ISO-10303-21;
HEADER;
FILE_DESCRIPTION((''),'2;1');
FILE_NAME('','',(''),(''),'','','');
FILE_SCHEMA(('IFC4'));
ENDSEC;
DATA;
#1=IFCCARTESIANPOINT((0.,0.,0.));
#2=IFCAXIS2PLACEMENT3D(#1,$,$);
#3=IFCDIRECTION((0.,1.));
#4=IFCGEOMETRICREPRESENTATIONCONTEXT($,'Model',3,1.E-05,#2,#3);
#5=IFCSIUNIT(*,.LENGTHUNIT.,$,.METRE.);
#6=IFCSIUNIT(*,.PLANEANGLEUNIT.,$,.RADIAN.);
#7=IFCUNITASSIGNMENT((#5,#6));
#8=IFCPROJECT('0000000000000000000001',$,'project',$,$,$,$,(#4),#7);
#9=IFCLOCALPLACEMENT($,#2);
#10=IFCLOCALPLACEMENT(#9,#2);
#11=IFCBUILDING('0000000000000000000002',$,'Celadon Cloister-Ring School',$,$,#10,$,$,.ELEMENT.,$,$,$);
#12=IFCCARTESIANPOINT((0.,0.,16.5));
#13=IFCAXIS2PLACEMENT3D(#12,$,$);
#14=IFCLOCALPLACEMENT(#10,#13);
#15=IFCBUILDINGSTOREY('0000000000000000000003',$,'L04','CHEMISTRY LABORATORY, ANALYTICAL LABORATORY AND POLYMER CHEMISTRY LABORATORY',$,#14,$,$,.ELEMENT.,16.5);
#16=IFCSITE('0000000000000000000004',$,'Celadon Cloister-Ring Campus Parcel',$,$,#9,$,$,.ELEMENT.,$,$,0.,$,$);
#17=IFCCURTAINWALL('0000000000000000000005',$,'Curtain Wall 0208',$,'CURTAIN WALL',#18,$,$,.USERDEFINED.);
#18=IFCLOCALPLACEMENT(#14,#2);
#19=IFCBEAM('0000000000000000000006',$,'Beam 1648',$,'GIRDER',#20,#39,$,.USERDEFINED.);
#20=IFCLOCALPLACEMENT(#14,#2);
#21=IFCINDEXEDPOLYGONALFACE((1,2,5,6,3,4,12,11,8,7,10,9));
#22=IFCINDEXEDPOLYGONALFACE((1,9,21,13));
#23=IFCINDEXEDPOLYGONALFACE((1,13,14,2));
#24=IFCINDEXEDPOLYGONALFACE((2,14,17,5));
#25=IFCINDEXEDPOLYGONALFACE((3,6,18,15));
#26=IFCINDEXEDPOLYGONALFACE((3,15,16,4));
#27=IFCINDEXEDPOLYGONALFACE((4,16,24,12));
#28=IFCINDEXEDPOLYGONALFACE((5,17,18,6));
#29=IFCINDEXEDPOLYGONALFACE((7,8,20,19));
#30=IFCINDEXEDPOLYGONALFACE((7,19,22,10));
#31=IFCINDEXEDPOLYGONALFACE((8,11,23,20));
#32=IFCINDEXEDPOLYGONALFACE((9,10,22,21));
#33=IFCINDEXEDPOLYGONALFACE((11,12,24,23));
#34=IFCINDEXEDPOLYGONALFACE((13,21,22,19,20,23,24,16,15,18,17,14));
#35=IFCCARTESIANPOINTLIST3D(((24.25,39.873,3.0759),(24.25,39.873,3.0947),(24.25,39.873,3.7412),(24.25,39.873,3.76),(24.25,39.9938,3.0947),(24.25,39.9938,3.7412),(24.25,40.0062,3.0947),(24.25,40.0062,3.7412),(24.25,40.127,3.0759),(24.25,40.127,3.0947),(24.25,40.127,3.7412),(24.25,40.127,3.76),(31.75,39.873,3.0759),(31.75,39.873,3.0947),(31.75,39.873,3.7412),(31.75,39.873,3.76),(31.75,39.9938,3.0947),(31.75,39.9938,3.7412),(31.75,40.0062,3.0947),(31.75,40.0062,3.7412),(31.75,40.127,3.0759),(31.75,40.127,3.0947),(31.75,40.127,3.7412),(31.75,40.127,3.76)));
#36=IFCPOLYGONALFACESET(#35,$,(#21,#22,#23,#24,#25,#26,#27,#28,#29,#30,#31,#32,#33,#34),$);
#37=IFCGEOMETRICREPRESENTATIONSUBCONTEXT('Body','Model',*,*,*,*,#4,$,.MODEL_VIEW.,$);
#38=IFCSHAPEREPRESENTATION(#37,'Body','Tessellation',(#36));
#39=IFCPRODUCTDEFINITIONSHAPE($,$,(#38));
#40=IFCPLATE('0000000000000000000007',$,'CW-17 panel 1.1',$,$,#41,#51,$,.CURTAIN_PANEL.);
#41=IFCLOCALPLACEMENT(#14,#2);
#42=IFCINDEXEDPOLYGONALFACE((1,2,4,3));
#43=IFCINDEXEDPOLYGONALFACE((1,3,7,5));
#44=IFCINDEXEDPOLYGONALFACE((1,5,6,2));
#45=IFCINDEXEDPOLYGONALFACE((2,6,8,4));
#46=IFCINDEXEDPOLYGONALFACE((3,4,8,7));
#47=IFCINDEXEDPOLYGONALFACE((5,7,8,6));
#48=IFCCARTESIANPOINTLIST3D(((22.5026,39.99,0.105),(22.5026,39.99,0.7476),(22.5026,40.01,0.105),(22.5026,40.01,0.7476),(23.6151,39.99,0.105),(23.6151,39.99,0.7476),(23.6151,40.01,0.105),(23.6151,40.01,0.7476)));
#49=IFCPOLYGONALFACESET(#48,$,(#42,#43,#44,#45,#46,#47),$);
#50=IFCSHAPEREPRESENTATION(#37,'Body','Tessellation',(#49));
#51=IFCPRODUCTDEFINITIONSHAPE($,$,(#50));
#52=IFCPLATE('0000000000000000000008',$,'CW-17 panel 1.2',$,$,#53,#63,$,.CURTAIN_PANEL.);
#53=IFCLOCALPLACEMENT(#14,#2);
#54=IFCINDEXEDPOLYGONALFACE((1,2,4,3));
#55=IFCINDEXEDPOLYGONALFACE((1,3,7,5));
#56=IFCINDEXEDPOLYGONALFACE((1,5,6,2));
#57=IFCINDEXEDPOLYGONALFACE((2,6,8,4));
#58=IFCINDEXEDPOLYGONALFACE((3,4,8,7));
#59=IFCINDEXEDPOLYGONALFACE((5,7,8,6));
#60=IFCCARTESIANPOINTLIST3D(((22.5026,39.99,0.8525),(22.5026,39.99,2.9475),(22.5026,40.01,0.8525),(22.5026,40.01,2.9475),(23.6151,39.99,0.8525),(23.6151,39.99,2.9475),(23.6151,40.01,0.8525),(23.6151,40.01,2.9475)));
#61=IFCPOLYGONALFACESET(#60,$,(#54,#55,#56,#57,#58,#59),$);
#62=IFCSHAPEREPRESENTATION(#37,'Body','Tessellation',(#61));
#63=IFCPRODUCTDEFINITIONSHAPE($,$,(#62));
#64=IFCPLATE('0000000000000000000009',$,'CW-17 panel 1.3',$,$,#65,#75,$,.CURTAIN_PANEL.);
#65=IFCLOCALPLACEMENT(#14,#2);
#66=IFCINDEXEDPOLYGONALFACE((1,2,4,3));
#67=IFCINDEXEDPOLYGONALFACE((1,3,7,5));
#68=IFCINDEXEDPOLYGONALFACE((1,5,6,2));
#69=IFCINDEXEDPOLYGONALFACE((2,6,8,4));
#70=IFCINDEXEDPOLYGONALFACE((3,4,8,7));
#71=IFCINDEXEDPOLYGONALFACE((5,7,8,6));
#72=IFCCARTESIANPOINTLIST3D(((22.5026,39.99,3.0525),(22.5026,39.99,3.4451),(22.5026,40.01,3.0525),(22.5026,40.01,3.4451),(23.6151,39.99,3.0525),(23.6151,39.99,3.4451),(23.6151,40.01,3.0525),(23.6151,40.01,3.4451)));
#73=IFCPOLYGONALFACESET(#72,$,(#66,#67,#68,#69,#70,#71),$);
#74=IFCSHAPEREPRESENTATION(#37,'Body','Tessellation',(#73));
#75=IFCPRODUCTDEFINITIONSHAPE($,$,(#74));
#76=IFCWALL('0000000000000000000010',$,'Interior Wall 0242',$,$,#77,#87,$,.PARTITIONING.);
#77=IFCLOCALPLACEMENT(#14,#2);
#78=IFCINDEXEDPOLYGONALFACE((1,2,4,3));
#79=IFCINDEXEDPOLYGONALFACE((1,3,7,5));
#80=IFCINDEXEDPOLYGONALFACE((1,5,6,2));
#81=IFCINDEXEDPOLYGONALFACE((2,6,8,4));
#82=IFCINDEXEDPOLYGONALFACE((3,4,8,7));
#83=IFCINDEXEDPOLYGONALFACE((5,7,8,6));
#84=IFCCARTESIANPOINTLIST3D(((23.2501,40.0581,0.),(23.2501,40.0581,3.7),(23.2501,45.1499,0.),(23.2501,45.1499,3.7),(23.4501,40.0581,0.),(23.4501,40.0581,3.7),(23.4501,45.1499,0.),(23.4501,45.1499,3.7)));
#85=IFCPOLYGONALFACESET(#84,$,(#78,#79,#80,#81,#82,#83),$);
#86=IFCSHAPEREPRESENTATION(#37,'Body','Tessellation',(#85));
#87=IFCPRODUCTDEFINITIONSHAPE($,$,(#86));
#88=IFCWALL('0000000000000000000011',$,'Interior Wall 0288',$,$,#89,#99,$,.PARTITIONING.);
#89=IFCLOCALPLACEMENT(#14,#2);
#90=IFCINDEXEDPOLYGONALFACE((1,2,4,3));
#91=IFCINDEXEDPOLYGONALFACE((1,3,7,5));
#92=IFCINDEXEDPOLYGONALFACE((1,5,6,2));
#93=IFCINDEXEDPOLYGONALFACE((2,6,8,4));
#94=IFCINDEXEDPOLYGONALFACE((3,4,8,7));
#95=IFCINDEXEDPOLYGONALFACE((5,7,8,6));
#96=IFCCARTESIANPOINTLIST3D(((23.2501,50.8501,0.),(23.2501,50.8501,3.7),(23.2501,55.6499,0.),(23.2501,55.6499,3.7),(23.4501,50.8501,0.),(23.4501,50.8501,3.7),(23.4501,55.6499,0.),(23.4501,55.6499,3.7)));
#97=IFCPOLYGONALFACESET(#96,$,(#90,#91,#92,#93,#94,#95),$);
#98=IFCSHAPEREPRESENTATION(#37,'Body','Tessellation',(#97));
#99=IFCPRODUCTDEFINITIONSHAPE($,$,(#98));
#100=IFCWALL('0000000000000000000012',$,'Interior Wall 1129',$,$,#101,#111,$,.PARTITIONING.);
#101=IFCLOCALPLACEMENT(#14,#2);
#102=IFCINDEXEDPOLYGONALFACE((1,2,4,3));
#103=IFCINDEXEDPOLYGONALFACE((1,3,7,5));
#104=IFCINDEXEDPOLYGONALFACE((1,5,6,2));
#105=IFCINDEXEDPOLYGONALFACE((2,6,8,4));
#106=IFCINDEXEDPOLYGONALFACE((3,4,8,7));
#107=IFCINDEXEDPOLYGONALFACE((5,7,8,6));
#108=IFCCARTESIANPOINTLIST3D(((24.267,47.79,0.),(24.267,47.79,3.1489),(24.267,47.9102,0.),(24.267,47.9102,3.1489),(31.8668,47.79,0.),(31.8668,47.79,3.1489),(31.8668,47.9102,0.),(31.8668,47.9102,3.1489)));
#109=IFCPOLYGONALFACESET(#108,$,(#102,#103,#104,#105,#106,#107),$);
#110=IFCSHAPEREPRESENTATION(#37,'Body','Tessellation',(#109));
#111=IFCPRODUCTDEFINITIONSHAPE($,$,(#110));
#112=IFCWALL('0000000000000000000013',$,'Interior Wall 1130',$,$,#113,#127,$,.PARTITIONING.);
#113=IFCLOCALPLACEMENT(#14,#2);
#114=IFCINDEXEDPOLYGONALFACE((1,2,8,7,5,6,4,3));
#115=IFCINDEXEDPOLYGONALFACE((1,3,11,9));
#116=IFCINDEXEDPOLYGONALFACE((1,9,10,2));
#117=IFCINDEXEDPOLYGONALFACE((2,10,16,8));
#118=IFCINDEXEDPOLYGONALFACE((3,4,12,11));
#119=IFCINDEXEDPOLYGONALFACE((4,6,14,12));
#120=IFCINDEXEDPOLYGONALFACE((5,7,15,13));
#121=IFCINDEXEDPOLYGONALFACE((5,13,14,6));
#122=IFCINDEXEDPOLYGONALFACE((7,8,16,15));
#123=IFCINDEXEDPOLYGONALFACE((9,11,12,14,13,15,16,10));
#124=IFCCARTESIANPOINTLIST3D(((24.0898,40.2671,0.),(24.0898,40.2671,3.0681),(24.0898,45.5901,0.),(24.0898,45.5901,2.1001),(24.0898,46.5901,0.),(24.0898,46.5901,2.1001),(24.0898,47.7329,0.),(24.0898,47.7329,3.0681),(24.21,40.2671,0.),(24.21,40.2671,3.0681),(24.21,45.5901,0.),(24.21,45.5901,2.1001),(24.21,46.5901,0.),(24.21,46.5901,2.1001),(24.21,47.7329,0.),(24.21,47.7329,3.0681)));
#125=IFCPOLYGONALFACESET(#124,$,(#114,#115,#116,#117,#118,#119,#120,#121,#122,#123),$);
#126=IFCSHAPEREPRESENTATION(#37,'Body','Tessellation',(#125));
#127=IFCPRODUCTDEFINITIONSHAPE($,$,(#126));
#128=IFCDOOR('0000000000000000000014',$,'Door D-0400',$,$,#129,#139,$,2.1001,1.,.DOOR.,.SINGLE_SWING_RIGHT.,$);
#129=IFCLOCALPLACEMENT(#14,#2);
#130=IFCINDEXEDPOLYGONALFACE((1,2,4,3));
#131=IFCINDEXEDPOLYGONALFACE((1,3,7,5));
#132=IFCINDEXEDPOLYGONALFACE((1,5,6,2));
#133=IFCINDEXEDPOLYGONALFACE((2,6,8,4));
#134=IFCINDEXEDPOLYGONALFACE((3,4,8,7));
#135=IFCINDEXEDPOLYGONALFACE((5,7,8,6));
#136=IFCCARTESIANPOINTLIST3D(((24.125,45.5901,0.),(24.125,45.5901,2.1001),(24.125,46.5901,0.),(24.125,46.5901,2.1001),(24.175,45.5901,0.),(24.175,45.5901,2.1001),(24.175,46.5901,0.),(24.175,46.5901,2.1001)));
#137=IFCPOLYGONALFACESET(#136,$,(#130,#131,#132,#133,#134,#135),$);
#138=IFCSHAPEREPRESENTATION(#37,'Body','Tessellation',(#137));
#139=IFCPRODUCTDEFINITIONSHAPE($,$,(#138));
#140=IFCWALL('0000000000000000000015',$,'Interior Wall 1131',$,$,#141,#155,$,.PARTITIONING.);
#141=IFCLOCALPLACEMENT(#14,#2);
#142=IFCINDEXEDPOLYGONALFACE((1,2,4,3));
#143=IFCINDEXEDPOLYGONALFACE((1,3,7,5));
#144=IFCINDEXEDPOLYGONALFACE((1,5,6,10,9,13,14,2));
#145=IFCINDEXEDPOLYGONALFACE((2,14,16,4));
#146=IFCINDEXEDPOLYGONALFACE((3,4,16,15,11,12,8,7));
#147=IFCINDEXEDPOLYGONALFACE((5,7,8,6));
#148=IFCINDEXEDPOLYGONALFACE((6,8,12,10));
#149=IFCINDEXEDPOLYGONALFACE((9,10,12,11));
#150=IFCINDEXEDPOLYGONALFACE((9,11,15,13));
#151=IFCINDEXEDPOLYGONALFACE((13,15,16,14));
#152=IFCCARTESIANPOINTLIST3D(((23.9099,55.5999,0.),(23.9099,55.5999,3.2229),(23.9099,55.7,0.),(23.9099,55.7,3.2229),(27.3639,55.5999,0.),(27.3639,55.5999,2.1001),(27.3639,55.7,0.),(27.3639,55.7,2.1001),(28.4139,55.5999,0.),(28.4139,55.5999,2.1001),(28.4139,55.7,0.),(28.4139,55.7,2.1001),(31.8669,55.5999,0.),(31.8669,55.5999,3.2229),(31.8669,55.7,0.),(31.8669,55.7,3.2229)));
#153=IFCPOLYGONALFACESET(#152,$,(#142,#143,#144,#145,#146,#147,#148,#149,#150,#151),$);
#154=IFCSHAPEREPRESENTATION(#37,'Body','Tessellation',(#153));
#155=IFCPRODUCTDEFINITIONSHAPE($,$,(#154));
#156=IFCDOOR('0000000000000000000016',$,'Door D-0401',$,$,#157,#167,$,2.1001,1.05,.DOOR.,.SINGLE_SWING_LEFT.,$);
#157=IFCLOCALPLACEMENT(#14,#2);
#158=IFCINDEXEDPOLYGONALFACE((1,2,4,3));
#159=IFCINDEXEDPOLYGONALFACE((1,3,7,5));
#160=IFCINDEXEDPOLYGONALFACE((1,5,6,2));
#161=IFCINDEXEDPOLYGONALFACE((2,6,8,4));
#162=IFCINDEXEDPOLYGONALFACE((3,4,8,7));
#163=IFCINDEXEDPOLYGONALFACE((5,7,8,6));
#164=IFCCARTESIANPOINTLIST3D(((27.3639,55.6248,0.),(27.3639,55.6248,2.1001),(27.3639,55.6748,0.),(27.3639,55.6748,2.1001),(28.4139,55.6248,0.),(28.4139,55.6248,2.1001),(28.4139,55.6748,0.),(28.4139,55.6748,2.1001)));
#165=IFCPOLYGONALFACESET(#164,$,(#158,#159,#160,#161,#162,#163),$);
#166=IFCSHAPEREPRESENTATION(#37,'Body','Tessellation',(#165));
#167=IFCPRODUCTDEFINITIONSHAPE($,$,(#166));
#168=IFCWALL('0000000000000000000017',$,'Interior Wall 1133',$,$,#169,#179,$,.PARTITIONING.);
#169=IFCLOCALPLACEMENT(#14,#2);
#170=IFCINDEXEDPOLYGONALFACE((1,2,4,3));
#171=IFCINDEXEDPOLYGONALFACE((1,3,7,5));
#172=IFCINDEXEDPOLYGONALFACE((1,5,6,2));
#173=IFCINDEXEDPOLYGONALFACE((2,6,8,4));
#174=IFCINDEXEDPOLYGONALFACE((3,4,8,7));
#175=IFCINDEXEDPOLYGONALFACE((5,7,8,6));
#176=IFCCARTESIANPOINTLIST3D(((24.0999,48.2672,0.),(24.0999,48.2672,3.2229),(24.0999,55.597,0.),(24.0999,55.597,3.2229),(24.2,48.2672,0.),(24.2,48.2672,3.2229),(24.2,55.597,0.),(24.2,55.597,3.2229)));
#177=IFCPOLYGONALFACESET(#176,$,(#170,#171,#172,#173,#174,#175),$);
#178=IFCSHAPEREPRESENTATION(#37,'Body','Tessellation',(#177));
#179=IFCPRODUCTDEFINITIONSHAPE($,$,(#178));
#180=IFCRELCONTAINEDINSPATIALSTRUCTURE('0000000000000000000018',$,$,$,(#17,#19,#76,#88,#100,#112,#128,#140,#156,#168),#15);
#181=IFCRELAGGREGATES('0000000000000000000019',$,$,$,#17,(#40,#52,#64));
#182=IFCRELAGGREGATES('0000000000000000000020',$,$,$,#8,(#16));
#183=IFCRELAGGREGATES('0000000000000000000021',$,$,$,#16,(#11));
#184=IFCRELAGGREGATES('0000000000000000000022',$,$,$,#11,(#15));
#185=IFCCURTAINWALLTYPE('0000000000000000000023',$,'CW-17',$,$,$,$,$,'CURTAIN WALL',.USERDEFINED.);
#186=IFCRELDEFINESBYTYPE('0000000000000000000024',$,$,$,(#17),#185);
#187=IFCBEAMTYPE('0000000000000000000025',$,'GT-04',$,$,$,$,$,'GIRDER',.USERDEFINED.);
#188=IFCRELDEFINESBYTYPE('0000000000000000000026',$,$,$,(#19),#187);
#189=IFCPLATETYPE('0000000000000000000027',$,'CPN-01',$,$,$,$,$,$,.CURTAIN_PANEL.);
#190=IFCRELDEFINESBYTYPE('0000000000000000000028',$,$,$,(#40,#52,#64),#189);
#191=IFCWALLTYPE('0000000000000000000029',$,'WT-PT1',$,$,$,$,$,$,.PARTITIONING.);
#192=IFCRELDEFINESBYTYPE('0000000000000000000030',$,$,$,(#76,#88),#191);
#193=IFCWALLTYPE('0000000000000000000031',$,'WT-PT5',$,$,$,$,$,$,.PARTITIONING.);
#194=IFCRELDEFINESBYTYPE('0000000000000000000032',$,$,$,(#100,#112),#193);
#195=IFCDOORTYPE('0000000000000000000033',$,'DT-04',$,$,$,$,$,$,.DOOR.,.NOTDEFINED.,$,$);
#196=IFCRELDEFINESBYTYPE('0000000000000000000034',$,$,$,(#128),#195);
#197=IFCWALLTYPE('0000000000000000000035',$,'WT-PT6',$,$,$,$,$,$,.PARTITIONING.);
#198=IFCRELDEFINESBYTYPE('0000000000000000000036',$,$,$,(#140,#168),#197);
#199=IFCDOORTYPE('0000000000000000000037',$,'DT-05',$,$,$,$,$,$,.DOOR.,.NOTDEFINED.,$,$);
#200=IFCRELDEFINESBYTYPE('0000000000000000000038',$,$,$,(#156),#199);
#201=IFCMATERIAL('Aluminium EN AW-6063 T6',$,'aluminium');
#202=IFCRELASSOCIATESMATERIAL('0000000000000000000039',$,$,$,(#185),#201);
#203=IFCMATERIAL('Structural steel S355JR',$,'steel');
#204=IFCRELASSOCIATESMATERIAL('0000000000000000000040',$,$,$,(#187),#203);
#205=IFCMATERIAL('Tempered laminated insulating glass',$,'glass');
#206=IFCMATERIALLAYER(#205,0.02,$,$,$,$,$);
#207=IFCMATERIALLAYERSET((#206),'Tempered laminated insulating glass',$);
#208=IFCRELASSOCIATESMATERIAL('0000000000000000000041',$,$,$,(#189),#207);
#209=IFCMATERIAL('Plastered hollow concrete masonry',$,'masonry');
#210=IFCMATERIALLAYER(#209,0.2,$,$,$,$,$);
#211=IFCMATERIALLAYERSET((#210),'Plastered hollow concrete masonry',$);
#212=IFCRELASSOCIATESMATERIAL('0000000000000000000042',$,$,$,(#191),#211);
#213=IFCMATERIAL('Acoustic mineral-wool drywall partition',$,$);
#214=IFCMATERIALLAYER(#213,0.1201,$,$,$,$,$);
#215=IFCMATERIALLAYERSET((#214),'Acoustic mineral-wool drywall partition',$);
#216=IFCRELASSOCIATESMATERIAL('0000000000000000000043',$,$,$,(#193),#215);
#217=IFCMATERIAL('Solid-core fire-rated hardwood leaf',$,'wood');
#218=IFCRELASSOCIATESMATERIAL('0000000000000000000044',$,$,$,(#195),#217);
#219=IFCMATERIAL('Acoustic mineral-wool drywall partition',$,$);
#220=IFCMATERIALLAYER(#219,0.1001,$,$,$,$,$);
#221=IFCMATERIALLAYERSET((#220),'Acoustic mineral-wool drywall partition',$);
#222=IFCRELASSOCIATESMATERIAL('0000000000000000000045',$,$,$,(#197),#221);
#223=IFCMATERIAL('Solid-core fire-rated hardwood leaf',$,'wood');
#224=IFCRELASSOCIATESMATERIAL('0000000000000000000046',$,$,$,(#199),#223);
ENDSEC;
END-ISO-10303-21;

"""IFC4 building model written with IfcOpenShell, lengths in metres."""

from ifc_helpers import new_model, si_unit, direction, frame, frame_2d, origin, origin_2d, place, context, subcontext, project, spatial, rectangle, i_section, extrude, material, layer, layer_set, material_profile, profile_set, type_object, element, fill, aggregate, save


model = new_model("IFC4")

# Units and contexts
model_context = context("Model", 3, precision=1e-05, world=origin(), true_north=direction((0.0, 1.0)))
body_context = subcontext(model_context, "Body", "Model", "MODEL_VIEW")
ifc_project = project(units=[si_unit("LENGTHUNIT", "METRE"), si_unit("PLANEANGLEUNIT", "RADIAN")], contexts=[model_context])

# Site, building, storey
site_placement = place(None, origin())
site = spatial("IfcSite", under=ifc_project, at=site_placement, Name="Celadon Cloister-Ring Campus Parcel", CompositionType="ELEMENT", RefElevation=0.0)
building_placement = place(site_placement, origin())
building = spatial("IfcBuilding", under=site, at=building_placement, Name="Celadon Cloister-Ring School", CompositionType="ELEMENT")
storey_placement = place(building_placement, frame((0.0, 0.0, 16.5)))
storey = spatial("IfcBuildingStorey", under=building, at=storey_placement, Name="L04", Description="CHEMISTRY LABORATORY, ANALYTICAL LABORATORY AND POLYMER CHEMISTRY LABORATORY", CompositionType="ELEMENT", Elevation=16.5)

# Curtain wall
ifc_material_1 = material(Name="Aluminium EN AW-6063 T6", Category="aluminium")
curtain_wall_type = type_object("IfcCurtainWallType", Name="CW-17", ElementType="CURTAIN WALL", PredefinedType="USERDEFINED", material=ifc_material_1)
curtain_wall_placement = place(storey_placement, origin())
curtain_wall = element("IfcCurtainWall", 1, at=curtain_wall_placement, inside=storey, type_object=curtain_wall_type, Name="Curtain Wall 0208", ObjectType="CURTAIN WALL", PredefinedType="USERDEFINED")

# Beam
ifc_material_2 = material(Name="Structural steel S355JR", Category="steel")
ifc_material_profile_1 = material_profile(ifc_material_2, i_section(OverallWidth=0.2539, OverallDepth=0.6841, WebThickness=0.0125, FlangeThickness=0.0188, at=origin_2d()), Name="W690X140")
ifc_profile_set_1 = profile_set([ifc_material_profile_1], Name="Structural steel S355JR")
beam_type_1 = type_object("IfcBeamType", Name="GT-04", ElementType="GIRDER", PredefinedType="USERDEFINED", material=ifc_profile_set_1)
beam_1_placement = place(storey_placement, frame((24.25, 40.0, 3.418), z_axis=(1.0, 0.0, 0.0), x_axis=(0.0, 1.0, 0.0)))
element("IfcBeam", 2, at=beam_1_placement, inside=storey, type_object=beam_type_1, Name="Beam 1648", ObjectType="GIRDER", PredefinedType="USERDEFINED", context=body_context, shape_type="SweptSolid", body=[
    extrude(i_section(OverallWidth=0.2539, OverallDepth=0.6841, WebThickness=0.0125, FlangeThickness=0.0188, at=origin_2d()), origin(), (0.0, 0.0, 1.0), 7.5),
])

# Plates
ifc_material_3 = material(Name="Tempered laminated insulating glass", Category="glass")
ifc_layer_1 = layer(ifc_material_3, 0.02)
ifc_layer_set_1 = layer_set([ifc_layer_1], Name="Tempered laminated insulating glass")
plate_type = type_object("IfcPlateType", Name="CPN-01", PredefinedType="CURTAIN_PANEL", material=ifc_layer_set_1)
plate_1_placement = place(storey_placement, frame((23.0588, 40.0, 0.105), z_axis=(0.0, 0.0, 1.0), x_axis=(-1.0, 0.0, 0.0)))
plate_1 = element("IfcPlate", 3, at=plate_1_placement, type_object=plate_type, Name="CW-17 panel 1.1", PredefinedType="CURTAIN_PANEL", context=body_context, shape_type="SweptSolid", body=[
    extrude(rectangle(XDim=1.1125, YDim=0.02, at=origin_2d()), origin(), (0.0, 0.0, 1.0), 0.6426),
])
plate_2_placement = place(storey_placement, frame((23.0588, 40.0, 0.8525), z_axis=(0.0, 0.0, 1.0), x_axis=(-1.0, 0.0, 0.0)))
plate_2 = element("IfcPlate", 4, at=plate_2_placement, type_object=plate_type, Name="CW-17 panel 1.2", PredefinedType="CURTAIN_PANEL", context=body_context, shape_type="SweptSolid", body=[
    extrude(rectangle(XDim=1.1125, YDim=0.02, at=origin_2d()), origin(), (0.0, 0.0, 1.0), 2.095),
])
plate_3_placement = place(storey_placement, frame((23.0588, 40.0, 3.0525), z_axis=(0.0, 0.0, 1.0), x_axis=(-1.0, 0.0, 0.0)))
plate_3 = element("IfcPlate", 5, at=plate_3_placement, type_object=plate_type, Name="CW-17 panel 1.3", PredefinedType="CURTAIN_PANEL", context=body_context, shape_type="SweptSolid", body=[
    extrude(rectangle(XDim=1.1125, YDim=0.02, at=origin_2d()), origin(), (0.0, 0.0, 1.0), 0.3926),
])
aggregate(curtain_wall, [plate_1, plate_2, plate_3])

# Walls
ifc_material_4 = material(Name="Plastered hollow concrete masonry", Category="masonry")
ifc_layer_2 = layer(ifc_material_4, 0.2)
ifc_layer_set_2 = layer_set([ifc_layer_2], Name="Plastered hollow concrete masonry")
wall_type_1 = type_object("IfcWallType", Name="WT-PT1", PredefinedType="PARTITIONING", material=ifc_layer_set_2)
wall_1_placement = place(storey_placement, frame((23.3501, 40.0581, 0.0), z_axis=(0.0, 0.0, 1.0), x_axis=(0.0, 1.0, 0.0)))
element("IfcWall", 6, at=wall_1_placement, inside=storey, type_object=wall_type_1, Name="Interior Wall 0242", PredefinedType="PARTITIONING", context=body_context, shape_type="SweptSolid", body=[
    extrude(rectangle(XDim=5.0918, YDim=0.2, at=frame_2d((2.5459, 0.0))), origin(), (0.0, 0.0, 1.0), 3.7),
])
wall_2_placement = place(storey_placement, frame((23.3501, 50.8501, 0.0), z_axis=(0.0, 0.0, 1.0), x_axis=(0.0, 1.0, 0.0)))
element("IfcWall", 7, at=wall_2_placement, inside=storey, type_object=wall_type_1, Name="Interior Wall 0288", PredefinedType="PARTITIONING", context=body_context, shape_type="SweptSolid", body=[
    extrude(rectangle(XDim=4.7998, YDim=0.2, at=frame_2d((2.3999, 0.0))), origin(), (0.0, 0.0, 1.0), 3.7),
])
ifc_material_5 = material(Name="Acoustic mineral-wool drywall partition")
ifc_layer_3 = layer(ifc_material_5, 0.1201)
ifc_layer_set_3 = layer_set([ifc_layer_3], Name="Acoustic mineral-wool drywall partition")
wall_type_2 = type_object("IfcWallType", Name="WT-PT5", PredefinedType="PARTITIONING", material=ifc_layer_set_3)
wall_3_placement = place(storey_placement, frame((24.2671, 47.8501, 0.0), z_axis=(0.0, 0.0, 1.0), x_axis=(1.0, 0.0, 0.0)))
element("IfcWall", 8, at=wall_3_placement, inside=storey, type_object=wall_type_2, Name="Interior Wall 1129", PredefinedType="PARTITIONING", context=body_context, shape_type="SweptSolid", body=[
    extrude(rectangle(XDim=7.5999, YDim=0.1201, at=frame_2d((3.7998, 0.0))), origin(), (0.0, 0.0, 1.0), 3.1489),
])

# Walls, openings, doors
wall_4_placement = place(storey_placement, frame((24.1499, 40.2671, 0.0), z_axis=(0.0, 0.0, 1.0), x_axis=(0.0, 1.0, 0.0)))
wall_4 = element("IfcWall", 9, at=wall_4_placement, inside=storey, type_object=wall_type_2, Name="Interior Wall 1130", PredefinedType="PARTITIONING", context=body_context, shape_type="SweptSolid", body=[
    extrude(rectangle(XDim=7.4658, YDim=0.1201, at=frame_2d((3.7329, 0.0))), origin(), (0.0, 0.0, 1.0), 3.0681),
])
opening_1_placement = place(wall_4_placement, frame((5.323, 0.0, 0.0)))
opening_1 = element("IfcOpeningElement", 10, at=opening_1_placement, cuts=wall_4, PredefinedType="OPENING", context=body_context, shape_type="SweptSolid", body=[
    extrude(rectangle(XDim=1.0, YDim=2.1001, at=frame_2d((0.5, 1.05))), frame((0.0, 0.0701, 0.0), z_axis=(0.0, -1.0, 0.0), x_axis=(1.0, 0.0, 0.0)), (0.0, 0.0, 1.0), 0.1401),
])
ifc_material_6 = material(Name="Solid-core fire-rated hardwood leaf", Category="wood")
door_type_1 = type_object("IfcDoorType", Name="DT-04", OperationType="NOTDEFINED", PredefinedType="DOOR", material=ifc_material_6)
door_1_placement = place(opening_1_placement, origin())
door_1 = element("IfcDoor", 11, at=door_1_placement, inside=storey, type_object=door_type_1, Name="Door D-0400", OperationType="SINGLE_SWING_RIGHT", OverallHeight=2.1001, OverallWidth=1.0, PredefinedType="DOOR", context=body_context, shape_type="SweptSolid", body=[
    extrude(rectangle(XDim=1.0, YDim=2.1001, at=frame_2d((0.5, 1.05))), frame((0.0, 0.0249, 0.0), z_axis=(0.0, -1.0, 0.0), x_axis=(1.0, 0.0, 0.0)), (0.0, 0.0, 1.0), 0.05),
])
fill(opening_1, door_1)
ifc_material_7 = material(Name="Acoustic mineral-wool drywall partition")
ifc_layer_4 = layer(ifc_material_7, 0.1001)
ifc_layer_set_4 = layer_set([ifc_layer_4], Name="Acoustic mineral-wool drywall partition")
wall_type_3 = type_object("IfcWallType", Name="WT-PT6", PredefinedType="PARTITIONING", material=ifc_layer_set_4)
wall_5_placement = place(storey_placement, frame((23.9099, 55.6499, 0.0), z_axis=(0.0, 0.0, 1.0), x_axis=(1.0, 0.0, 0.0)))
wall_5 = element("IfcWall", 12, at=wall_5_placement, inside=storey, type_object=wall_type_3, Name="Interior Wall 1131", PredefinedType="PARTITIONING", context=body_context, shape_type="SweptSolid", body=[
    extrude(rectangle(XDim=7.957, YDim=0.1001, at=frame_2d((3.9785, 0.0))), origin(), (0.0, 0.0, 1.0), 3.2229),
])
opening_2_placement = place(wall_5_placement, frame((3.4541, 0.0, 0.0)))
opening_2 = element("IfcOpeningElement", 13, at=opening_2_placement, cuts=wall_5, PredefinedType="OPENING", context=body_context, shape_type="SweptSolid", body=[
    extrude(rectangle(XDim=1.05, YDim=2.1001, at=frame_2d((0.5249, 1.05))), frame((0.0, 0.0601, 0.0), z_axis=(0.0, -1.0, 0.0), x_axis=(1.0, 0.0, 0.0)), (0.0, 0.0, 1.0), 0.1201),
])
ifc_material_8 = material(Name="Solid-core fire-rated hardwood leaf", Category="wood")
door_type_2 = type_object("IfcDoorType", Name="DT-05", OperationType="NOTDEFINED", PredefinedType="DOOR", material=ifc_material_8)
door_2_placement = place(opening_2_placement, origin())
door_2 = element("IfcDoor", 14, at=door_2_placement, inside=storey, type_object=door_type_2, Name="Door D-0401", OperationType="SINGLE_SWING_LEFT", OverallHeight=2.1001, OverallWidth=1.05, PredefinedType="DOOR", context=body_context, shape_type="SweptSolid", body=[
    extrude(rectangle(XDim=1.05, YDim=2.1001, at=frame_2d((0.5249, 1.05))), frame((0.0, 0.0249, 0.0), z_axis=(0.0, -1.0, 0.0), x_axis=(1.0, 0.0, 0.0)), (0.0, 0.0, 1.0), 0.05),
])
fill(opening_2, door_2)

# Wall
wall_6_placement = place(storey_placement, frame((24.1499, 48.2671, 0.0), z_axis=(0.0, 0.0, 1.0), x_axis=(0.0, 1.0, 0.0)))
element("IfcWall", 15, at=wall_6_placement, inside=storey, type_object=wall_type_3, Name="Interior Wall 1133", PredefinedType="PARTITIONING", context=body_context, shape_type="SweptSolid", body=[
    extrude(rectangle(XDim=7.3298, YDim=0.1001, at=frame_2d((3.665, 0.0))), origin(), (0.0, 0.0, 1.0), 3.2229),
])

save(model, "model.ifc")
